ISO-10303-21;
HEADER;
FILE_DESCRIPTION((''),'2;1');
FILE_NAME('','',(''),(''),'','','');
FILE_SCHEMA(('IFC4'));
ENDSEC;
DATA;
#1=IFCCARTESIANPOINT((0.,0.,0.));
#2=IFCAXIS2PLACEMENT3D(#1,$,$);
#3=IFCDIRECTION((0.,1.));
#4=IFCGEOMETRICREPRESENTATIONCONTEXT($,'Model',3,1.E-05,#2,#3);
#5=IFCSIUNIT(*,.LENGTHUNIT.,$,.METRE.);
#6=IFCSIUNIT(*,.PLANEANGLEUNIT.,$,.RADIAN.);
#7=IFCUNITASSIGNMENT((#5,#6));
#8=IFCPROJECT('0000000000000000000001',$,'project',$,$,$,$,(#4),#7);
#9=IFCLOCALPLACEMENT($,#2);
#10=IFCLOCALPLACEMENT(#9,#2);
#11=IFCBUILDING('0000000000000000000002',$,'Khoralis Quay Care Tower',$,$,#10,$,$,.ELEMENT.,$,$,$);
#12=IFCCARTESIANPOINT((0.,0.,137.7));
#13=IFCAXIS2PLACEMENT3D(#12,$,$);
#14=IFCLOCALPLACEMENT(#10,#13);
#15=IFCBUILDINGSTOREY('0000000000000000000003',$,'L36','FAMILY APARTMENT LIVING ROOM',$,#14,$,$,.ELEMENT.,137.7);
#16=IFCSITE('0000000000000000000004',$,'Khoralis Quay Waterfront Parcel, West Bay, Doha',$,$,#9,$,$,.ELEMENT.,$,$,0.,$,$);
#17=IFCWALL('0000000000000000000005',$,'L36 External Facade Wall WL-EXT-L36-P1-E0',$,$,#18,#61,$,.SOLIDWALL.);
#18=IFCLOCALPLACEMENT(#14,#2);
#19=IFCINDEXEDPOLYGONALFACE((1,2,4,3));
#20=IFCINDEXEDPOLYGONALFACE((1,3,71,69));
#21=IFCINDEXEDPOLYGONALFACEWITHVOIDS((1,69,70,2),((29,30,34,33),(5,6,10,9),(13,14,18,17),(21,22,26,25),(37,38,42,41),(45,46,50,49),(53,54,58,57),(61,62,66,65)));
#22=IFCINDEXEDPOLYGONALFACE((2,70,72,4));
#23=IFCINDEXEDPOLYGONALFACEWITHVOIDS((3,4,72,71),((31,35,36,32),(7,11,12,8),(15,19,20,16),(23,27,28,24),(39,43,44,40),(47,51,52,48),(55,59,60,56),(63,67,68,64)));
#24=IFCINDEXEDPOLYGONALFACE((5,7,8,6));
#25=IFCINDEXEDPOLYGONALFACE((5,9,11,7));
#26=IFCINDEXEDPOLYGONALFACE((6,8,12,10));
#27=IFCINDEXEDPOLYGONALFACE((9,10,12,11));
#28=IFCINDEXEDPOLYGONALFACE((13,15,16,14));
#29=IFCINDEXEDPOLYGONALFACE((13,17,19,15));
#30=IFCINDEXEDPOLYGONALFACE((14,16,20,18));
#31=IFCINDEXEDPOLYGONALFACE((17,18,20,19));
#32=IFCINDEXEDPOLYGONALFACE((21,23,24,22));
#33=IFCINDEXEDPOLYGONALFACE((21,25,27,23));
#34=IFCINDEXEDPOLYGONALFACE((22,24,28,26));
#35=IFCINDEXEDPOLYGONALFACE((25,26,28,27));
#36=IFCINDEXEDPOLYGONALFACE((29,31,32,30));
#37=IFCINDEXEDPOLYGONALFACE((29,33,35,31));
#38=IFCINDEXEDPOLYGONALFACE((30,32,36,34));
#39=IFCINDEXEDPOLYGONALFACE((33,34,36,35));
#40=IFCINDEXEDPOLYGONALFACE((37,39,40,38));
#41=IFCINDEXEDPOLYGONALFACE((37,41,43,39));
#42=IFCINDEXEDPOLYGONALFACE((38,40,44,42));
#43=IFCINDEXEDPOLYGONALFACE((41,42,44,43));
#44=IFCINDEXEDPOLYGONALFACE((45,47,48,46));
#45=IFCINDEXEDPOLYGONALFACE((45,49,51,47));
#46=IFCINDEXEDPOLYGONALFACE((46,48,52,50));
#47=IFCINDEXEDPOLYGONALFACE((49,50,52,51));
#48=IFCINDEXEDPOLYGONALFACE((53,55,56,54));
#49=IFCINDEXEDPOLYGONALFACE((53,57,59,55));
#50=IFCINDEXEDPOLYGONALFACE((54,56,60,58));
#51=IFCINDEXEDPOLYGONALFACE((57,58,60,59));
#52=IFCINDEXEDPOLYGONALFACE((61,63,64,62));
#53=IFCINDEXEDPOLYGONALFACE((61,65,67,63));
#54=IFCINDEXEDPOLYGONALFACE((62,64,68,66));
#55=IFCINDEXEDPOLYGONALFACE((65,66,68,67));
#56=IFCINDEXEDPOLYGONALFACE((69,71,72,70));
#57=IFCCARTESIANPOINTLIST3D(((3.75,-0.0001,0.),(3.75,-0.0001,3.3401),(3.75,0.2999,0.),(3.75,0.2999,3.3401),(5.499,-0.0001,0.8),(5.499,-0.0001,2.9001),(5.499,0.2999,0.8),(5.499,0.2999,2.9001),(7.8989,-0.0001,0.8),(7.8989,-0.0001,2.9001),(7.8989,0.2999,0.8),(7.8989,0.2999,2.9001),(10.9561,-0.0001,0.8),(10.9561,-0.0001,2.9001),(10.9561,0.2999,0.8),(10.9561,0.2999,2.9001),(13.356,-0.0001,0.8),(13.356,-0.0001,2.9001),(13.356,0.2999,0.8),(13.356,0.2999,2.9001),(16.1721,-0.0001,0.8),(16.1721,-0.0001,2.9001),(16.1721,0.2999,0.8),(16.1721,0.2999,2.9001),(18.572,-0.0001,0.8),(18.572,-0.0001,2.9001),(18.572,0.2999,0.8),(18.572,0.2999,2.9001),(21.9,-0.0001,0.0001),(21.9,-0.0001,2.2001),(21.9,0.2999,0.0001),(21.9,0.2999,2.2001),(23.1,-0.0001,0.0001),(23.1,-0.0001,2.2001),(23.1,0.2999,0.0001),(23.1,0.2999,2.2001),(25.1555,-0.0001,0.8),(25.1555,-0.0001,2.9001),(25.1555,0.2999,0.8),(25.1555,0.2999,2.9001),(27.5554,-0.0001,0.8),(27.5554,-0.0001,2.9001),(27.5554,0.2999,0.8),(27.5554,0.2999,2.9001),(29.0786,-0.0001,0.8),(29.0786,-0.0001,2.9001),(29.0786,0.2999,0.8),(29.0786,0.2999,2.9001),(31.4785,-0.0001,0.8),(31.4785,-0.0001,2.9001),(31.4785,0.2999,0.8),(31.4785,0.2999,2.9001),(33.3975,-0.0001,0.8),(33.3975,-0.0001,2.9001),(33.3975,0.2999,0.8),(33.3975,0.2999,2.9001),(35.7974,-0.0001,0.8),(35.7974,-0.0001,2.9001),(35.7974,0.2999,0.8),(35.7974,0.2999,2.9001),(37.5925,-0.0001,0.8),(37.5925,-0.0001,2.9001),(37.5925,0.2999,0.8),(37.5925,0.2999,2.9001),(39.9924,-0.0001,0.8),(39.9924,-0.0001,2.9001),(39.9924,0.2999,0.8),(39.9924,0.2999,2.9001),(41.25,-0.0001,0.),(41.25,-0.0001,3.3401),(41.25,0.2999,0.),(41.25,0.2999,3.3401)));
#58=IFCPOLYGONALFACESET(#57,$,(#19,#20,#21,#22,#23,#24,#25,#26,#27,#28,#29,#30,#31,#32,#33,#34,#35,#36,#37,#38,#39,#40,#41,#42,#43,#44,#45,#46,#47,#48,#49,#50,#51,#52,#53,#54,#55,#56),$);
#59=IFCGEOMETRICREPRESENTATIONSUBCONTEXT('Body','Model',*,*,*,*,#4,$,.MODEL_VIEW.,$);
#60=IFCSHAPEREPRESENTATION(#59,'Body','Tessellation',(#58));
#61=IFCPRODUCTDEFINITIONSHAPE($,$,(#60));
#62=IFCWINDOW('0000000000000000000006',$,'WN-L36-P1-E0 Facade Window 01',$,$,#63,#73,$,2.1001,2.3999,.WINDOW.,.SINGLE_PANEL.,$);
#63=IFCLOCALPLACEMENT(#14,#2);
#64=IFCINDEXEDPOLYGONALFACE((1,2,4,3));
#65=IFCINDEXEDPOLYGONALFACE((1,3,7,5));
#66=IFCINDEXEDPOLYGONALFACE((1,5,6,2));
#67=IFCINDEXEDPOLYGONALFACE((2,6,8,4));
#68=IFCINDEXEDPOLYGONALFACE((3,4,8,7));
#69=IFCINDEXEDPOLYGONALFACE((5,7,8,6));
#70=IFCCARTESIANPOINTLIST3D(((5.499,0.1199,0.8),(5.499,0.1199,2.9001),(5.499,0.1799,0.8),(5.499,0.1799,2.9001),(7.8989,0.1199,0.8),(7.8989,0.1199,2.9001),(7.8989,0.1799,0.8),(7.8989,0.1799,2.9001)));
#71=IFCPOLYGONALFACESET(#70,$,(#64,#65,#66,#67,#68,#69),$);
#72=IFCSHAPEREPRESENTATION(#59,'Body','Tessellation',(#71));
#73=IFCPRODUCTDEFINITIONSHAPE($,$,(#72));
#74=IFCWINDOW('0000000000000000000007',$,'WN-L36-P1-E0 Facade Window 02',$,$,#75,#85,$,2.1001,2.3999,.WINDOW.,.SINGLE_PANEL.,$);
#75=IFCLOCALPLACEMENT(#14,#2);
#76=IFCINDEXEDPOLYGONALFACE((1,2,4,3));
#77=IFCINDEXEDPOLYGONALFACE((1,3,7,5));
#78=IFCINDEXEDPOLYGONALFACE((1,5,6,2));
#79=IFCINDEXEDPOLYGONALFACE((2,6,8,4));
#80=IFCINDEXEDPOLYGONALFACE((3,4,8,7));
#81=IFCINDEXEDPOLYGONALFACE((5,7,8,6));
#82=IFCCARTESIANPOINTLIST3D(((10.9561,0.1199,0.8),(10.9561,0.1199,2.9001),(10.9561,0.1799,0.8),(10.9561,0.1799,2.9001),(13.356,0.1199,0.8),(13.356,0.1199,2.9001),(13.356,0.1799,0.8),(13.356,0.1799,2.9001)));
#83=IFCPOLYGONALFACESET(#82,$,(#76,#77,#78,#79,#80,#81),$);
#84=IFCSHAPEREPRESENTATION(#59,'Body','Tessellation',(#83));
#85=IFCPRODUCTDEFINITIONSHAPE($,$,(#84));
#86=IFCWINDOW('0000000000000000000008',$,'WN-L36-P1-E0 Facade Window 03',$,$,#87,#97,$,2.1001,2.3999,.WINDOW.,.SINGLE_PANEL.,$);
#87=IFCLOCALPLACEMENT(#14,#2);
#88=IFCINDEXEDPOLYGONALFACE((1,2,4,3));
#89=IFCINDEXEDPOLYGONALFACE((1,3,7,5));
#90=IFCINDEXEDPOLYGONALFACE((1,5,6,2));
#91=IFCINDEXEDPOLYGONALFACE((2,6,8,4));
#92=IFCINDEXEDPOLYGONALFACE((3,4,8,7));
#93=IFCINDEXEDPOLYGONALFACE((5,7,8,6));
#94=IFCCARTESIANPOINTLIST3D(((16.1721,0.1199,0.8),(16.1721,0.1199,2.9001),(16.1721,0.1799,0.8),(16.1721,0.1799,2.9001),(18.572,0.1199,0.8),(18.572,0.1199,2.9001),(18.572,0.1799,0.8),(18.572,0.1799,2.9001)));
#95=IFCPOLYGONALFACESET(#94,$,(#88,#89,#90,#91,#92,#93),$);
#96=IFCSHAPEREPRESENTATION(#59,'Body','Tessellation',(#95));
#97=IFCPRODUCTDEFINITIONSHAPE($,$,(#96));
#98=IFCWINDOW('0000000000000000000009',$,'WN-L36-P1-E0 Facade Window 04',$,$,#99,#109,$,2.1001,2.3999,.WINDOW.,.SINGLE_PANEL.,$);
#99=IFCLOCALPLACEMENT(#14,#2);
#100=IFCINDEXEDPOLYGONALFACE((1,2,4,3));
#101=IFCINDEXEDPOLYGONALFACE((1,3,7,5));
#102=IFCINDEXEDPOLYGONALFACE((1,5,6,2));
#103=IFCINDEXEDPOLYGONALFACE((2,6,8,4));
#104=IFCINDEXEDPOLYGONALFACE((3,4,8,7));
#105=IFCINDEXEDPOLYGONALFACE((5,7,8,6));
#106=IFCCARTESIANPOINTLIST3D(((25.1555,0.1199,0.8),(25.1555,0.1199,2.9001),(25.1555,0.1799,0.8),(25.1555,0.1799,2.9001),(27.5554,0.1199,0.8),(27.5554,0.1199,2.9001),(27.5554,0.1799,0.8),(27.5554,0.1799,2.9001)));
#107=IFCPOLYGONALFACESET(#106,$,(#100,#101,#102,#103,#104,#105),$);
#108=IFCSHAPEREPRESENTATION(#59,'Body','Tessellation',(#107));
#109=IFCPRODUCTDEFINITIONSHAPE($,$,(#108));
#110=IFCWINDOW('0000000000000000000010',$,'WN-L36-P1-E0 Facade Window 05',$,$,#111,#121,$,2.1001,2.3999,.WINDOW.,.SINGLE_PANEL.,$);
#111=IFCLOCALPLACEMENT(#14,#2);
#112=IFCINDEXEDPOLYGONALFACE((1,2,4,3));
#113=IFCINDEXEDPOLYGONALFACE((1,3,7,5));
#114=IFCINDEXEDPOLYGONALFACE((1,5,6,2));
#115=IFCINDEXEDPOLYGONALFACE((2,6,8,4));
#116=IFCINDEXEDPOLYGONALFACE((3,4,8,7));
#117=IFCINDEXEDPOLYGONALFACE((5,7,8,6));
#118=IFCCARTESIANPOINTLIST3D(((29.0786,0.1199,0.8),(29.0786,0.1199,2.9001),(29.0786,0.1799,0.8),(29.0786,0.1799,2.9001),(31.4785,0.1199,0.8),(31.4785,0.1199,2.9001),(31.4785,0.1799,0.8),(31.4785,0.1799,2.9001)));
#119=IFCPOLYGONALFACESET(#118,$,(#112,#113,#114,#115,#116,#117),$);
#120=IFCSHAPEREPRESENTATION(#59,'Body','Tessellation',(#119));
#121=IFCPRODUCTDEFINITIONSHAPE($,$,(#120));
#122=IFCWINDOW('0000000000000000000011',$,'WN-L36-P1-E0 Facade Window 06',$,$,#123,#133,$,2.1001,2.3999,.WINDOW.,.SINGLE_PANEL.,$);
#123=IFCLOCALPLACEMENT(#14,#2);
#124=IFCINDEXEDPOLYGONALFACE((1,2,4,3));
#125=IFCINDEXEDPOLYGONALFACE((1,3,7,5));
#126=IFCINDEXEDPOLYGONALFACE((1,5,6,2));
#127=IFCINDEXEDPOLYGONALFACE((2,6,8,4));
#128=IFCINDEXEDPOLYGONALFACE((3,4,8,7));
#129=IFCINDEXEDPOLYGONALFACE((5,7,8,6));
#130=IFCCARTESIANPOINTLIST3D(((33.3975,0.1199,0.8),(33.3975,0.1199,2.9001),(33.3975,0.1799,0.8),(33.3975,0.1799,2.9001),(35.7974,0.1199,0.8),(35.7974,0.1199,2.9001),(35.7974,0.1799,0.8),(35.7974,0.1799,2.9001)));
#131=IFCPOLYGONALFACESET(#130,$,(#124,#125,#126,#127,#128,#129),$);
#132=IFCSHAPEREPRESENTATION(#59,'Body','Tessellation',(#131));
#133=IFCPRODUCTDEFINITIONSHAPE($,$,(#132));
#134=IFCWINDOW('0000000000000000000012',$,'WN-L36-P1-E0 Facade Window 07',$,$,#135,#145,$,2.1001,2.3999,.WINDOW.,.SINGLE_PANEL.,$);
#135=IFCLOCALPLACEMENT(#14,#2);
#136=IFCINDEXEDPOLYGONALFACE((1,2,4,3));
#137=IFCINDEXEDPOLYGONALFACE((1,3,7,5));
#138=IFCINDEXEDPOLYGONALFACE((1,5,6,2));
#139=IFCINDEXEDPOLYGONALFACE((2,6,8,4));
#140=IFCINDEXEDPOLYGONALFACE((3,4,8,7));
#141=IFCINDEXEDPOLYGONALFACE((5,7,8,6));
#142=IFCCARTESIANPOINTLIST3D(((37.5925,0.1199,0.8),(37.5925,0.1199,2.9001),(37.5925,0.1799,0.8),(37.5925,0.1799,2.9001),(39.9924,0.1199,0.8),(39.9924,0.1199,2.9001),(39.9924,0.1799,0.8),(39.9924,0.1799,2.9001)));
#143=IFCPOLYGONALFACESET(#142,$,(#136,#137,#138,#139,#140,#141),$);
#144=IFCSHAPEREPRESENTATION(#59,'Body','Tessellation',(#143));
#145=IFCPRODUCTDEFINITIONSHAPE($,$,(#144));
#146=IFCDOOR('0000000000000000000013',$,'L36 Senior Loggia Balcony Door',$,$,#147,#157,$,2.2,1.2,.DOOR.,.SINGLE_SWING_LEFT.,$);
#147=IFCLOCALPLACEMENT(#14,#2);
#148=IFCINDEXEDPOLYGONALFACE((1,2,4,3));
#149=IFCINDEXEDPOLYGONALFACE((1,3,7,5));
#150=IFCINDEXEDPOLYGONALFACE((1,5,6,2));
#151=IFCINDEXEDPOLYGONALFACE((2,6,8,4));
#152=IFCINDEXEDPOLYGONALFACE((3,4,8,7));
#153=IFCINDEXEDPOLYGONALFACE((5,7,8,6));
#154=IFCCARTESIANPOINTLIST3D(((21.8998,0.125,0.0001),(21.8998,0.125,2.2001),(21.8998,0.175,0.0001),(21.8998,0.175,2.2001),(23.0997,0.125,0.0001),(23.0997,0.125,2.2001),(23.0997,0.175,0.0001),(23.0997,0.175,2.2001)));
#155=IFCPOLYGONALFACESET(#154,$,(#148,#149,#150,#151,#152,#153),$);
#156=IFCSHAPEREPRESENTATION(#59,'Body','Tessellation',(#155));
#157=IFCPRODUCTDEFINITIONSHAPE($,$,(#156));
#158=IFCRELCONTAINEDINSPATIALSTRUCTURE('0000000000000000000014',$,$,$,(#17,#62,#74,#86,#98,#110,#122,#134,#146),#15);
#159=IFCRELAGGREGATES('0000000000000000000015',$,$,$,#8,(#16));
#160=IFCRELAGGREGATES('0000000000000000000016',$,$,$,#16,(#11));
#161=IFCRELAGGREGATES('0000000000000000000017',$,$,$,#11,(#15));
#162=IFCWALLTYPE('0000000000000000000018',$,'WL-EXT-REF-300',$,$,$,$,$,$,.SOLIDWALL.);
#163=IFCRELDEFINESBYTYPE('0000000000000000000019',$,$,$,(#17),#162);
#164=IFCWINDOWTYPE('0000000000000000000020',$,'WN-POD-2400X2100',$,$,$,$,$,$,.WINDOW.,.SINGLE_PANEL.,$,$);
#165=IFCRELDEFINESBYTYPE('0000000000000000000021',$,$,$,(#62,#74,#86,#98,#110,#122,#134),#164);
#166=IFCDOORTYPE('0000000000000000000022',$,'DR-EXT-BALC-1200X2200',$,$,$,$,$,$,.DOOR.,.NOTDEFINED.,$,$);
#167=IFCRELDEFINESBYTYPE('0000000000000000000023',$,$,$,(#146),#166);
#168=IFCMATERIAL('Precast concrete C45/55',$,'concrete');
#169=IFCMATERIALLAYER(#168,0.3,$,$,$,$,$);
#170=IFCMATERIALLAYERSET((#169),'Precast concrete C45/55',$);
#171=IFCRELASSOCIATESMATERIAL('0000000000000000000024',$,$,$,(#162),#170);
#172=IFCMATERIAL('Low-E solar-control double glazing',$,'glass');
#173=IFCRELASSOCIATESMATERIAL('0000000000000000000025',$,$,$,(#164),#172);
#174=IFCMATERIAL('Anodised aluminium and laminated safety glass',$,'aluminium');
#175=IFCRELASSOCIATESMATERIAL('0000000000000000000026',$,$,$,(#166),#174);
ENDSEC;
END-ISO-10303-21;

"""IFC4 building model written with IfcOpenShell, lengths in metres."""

from ifc_helpers import new_model, si_unit, direction, frame, frame_2d, origin, place, context, subcontext, project, spatial, rectangle, extrude, source, transform, mapped, material, layer, layer_set, type_object, element, fill, save


model = new_model("IFC4")

# Units and contexts
model_context = context("Model", 3, precision=1e-05, world=origin(), true_north=direction((0.0, 1.0)))
body_context = subcontext(model_context, "Body", "Model", "MODEL_VIEW")
ifc_project = project(units=[si_unit("LENGTHUNIT", "METRE"), si_unit("PLANEANGLEUNIT", "RADIAN")], contexts=[model_context])

# Site, building, storey
site_placement = place(None, origin())
site = spatial("IfcSite", under=ifc_project, at=site_placement, Name="Khoralis Quay Waterfront Parcel, West Bay, Doha", CompositionType="ELEMENT", RefElevation=0.0)
building_placement = place(site_placement, origin())
building = spatial("IfcBuilding", under=site, at=building_placement, Name="Khoralis Quay Care Tower", CompositionType="ELEMENT")
storey_placement = place(building_placement, frame((0.0, 0.0, 137.7)))
storey = spatial("IfcBuildingStorey", under=building, at=storey_placement, Name="L36", Description="FAMILY APARTMENT LIVING ROOM", CompositionType="ELEMENT", Elevation=137.7)

# Wall, openings, windows, door
ifc_material_1 = material(Name="Precast concrete C45/55", Category="concrete")
ifc_layer_1 = layer(ifc_material_1, 0.3)
ifc_layer_set_1 = layer_set([ifc_layer_1], Name="Precast concrete C45/55")
wall_type_1 = type_object("IfcWallType", Name="WL-EXT-REF-300", PredefinedType="SOLIDWALL", material=ifc_layer_set_1)
wall_1_placement = place(storey_placement, frame((3.75, 0.1499, 0.0), z_axis=(0.0, 0.0, 1.0), x_axis=(1.0, 0.0, 0.0)))
wall_1 = element("IfcWall", 1, at=wall_1_placement, inside=storey, type_object=wall_type_1, Name="L36 External Facade Wall WL-EXT-L36-P1-E0", PredefinedType="SOLIDWALL", context=body_context, shape_type="SweptSolid", body=[
    extrude(rectangle(XDim=37.5, YDim=0.3, at=frame_2d((18.75, 0.0))), origin(), (0.0, 0.0, 1.0), 3.3401),
])
opening_1_placement = place(wall_1_placement, frame((1.749, 0.0, 0.8)))
opening_1 = element("IfcOpeningElement", 2, at=opening_1_placement, cuts=wall_1, PredefinedType="OPENING", context=body_context, shape_type="SweptSolid", body=[
    extrude(rectangle(XDim=2.3999, YDim=2.1001, at=frame_2d((1.2, 1.05))), frame((0.0, 0.1602, 0.0), z_axis=(0.0, -1.0, 0.0), x_axis=(1.0, 0.0, 0.0)), (0.0, 0.0, 1.0), 0.3201),
])
opening_2_placement = place(wall_1_placement, frame((7.2061, 0.0, 0.8)))
opening_2 = element("IfcOpeningElement", 3, at=opening_2_placement, cuts=wall_1, PredefinedType="OPENING", context=body_context, shape_type="SweptSolid", body=[
    extrude(rectangle(XDim=2.3999, YDim=2.1001, at=frame_2d((1.2, 1.05))), frame((0.0, 0.1602, 0.0), z_axis=(0.0, -1.0, 0.0), x_axis=(1.0, 0.0, 0.0)), (0.0, 0.0, 1.0), 0.3201),
])
opening_3_placement = place(wall_1_placement, frame((12.4221, 0.0, 0.8)))
opening_3 = element("IfcOpeningElement", 4, at=opening_3_placement, cuts=wall_1, PredefinedType="OPENING", context=body_context, shape_type="SweptSolid", body=[
    extrude(rectangle(XDim=2.3999, YDim=2.1001, at=frame_2d((1.2, 1.05))), frame((0.0, 0.1602, 0.0), z_axis=(0.0, -1.0, 0.0), x_axis=(1.0, 0.0, 0.0)), (0.0, 0.0, 1.0), 0.3201),
])
opening_4_placement = place(wall_1_placement, frame((21.4055, 0.0, 0.8)))
opening_4 = element("IfcOpeningElement", 5, at=opening_4_placement, cuts=wall_1, PredefinedType="OPENING", context=body_context, shape_type="SweptSolid", body=[
    extrude(rectangle(XDim=2.3999, YDim=2.1001, at=frame_2d((1.2, 1.05))), frame((0.0, 0.1602, 0.0), z_axis=(0.0, -1.0, 0.0), x_axis=(1.0, 0.0, 0.0)), (0.0, 0.0, 1.0), 0.3201),
])
opening_5_placement = place(wall_1_placement, frame((25.3286, 0.0, 0.8)))
opening_5 = element("IfcOpeningElement", 6, at=opening_5_placement, cuts=wall_1, PredefinedType="OPENING", context=body_context, shape_type="SweptSolid", body=[
    extrude(rectangle(XDim=2.3999, YDim=2.1001, at=frame_2d((1.2, 1.05))), frame((0.0, 0.1602, 0.0), z_axis=(0.0, -1.0, 0.0), x_axis=(1.0, 0.0, 0.0)), (0.0, 0.0, 1.0), 0.3201),
])
opening_6_placement = place(wall_1_placement, frame((29.6475, 0.0, 0.8)))
opening_6 = element("IfcOpeningElement", 7, at=opening_6_placement, cuts=wall_1, PredefinedType="OPENING", context=body_context, shape_type="SweptSolid", body=[
    extrude(rectangle(XDim=2.3999, YDim=2.1001, at=frame_2d((1.2, 1.05))), frame((0.0, 0.1602, 0.0), z_axis=(0.0, -1.0, 0.0), x_axis=(1.0, 0.0, 0.0)), (0.0, 0.0, 1.0), 0.3201),
])
opening_7_placement = place(wall_1_placement, frame((33.8425, 0.0, 0.8)))
opening_7 = element("IfcOpeningElement", 8, at=opening_7_placement, cuts=wall_1, PredefinedType="OPENING", context=body_context, shape_type="SweptSolid", body=[
    extrude(rectangle(XDim=2.3999, YDim=2.1001, at=frame_2d((1.2, 1.05))), frame((0.0, 0.1602, 0.0), z_axis=(0.0, -1.0, 0.0), x_axis=(1.0, 0.0, 0.0)), (0.0, 0.0, 1.0), 0.3201),
])
opening_8_placement = place(wall_1_placement, frame((18.1499, 0.0, 0.0)))
opening_8 = element("IfcOpeningElement", 9, at=opening_8_placement, cuts=wall_1, PredefinedType="OPENING", context=body_context, shape_type="SweptSolid", body=[
    extrude(rectangle(XDim=1.2, YDim=2.2, at=frame_2d((0.6001, 1.1001))), frame((0.0, 0.1602, 0.0), z_axis=(0.0, -1.0, 0.0), x_axis=(1.0, 0.0, 0.0)), (0.0, 0.0, 1.0), 0.3201),
])
ifc_material_2 = material(Name="Low-E solar-control double glazing", Category="glass")
window_type = type_object("IfcWindowType", Name="WN-POD-2400X2100", PartitioningType="SINGLE_PANEL", PredefinedType="WINDOW", material=ifc_material_2)
shared_shape_1 = source(origin(), body_context, "Body", "SweptSolid", [
    extrude(rectangle(XDim=2.3999, YDim=2.1001, at=frame_2d((1.2, 1.05))), frame((0.0, 0.03, 0.0), z_axis=(0.0, -1.0, 0.0), x_axis=(1.0, 0.0, 0.0)), (0.0, 0.0, 1.0), 0.0601),
])
window_1_placement = place(opening_1_placement, origin())
window_1 = element("IfcWindow", 10, at=window_1_placement, inside=storey, type_object=window_type, Name="WN-L36-P1-E0 Facade Window 01", OverallHeight=2.1001, OverallWidth=2.3999, PartitioningType="SINGLE_PANEL", PredefinedType="WINDOW", context=body_context, shape_type="MappedRepresentation", body=[
    mapped(shared_shape_1, transform((0.0, 0.0, 0.0), scale=1.0)),
])
fill(opening_1, window_1)
window_2_placement = place(opening_2_placement, origin())
window_2 = element("IfcWindow", 11, at=window_2_placement, inside=storey, type_object=window_type, Name="WN-L36-P1-E0 Facade Window 02", OverallHeight=2.1001, OverallWidth=2.3999, PartitioningType="SINGLE_PANEL", PredefinedType="WINDOW", context=body_context, shape_type="MappedRepresentation", body=[
    mapped(shared_shape_1, transform((0.0, 0.0, 0.0), scale=1.0)),
])
fill(opening_2, window_2)
window_3_placement = place(opening_3_placement, origin())
window_3 = element("IfcWindow", 12, at=window_3_placement, inside=storey, type_object=window_type, Name="WN-L36-P1-E0 Facade Window 03", OverallHeight=2.1001, OverallWidth=2.3999, PartitioningType="SINGLE_PANEL", PredefinedType="WINDOW", context=body_context, shape_type="MappedRepresentation", body=[
    mapped(shared_shape_1, transform((0.0, 0.0, 0.0), scale=1.0)),
])
fill(opening_3, window_3)
window_4_placement = place(opening_4_placement, origin())
window_4 = element("IfcWindow", 13, at=window_4_placement, inside=storey, type_object=window_type, Name="WN-L36-P1-E0 Facade Window 04", OverallHeight=2.1001, OverallWidth=2.3999, PartitioningType="SINGLE_PANEL", PredefinedType="WINDOW", context=body_context, shape_type="MappedRepresentation", body=[
    mapped(shared_shape_1, transform((0.0, 0.0, 0.0), scale=1.0)),
])
fill(opening_4, window_4)
window_5_placement = place(opening_5_placement, origin())
window_5 = element("IfcWindow", 14, at=window_5_placement, inside=storey, type_object=window_type, Name="WN-L36-P1-E0 Facade Window 05", OverallHeight=2.1001, OverallWidth=2.3999, PartitioningType="SINGLE_PANEL", PredefinedType="WINDOW", context=body_context, shape_type="MappedRepresentation", body=[
    mapped(shared_shape_1, transform((0.0, 0.0, 0.0), scale=1.0)),
])
fill(opening_5, window_5)
window_6_placement = place(opening_6_placement, origin())
window_6 = element("IfcWindow", 15, at=window_6_placement, inside=storey, type_object=window_type, Name="WN-L36-P1-E0 Facade Window 06", OverallHeight=2.1001, OverallWidth=2.3999, PartitioningType="SINGLE_PANEL", PredefinedType="WINDOW", context=body_context, shape_type="MappedRepresentation", body=[
    mapped(shared_shape_1, transform((0.0, 0.0, 0.0), scale=1.0)),
])
fill(opening_6, window_6)
window_7_placement = place(opening_7_placement, origin())
window_7 = element("IfcWindow", 16, at=window_7_placement, inside=storey, type_object=window_type, Name="WN-L36-P1-E0 Facade Window 07", OverallHeight=2.1001, OverallWidth=2.3999, PartitioningType="SINGLE_PANEL", PredefinedType="WINDOW", context=body_context, shape_type="MappedRepresentation", body=[
    mapped(shared_shape_1, transform((0.0, 0.0, 0.0), scale=1.0)),
])
fill(opening_7, window_7)
ifc_material_3 = material(Name="Anodised aluminium and laminated safety glass", Category="aluminium")
door_type_1 = type_object("IfcDoorType", Name="DR-EXT-BALC-1200X2200", OperationType="NOTDEFINED", PredefinedType="DOOR", material=ifc_material_3)
shared_shape_2 = source(origin(), body_context, "Body", "SweptSolid", [
    extrude(rectangle(XDim=1.2, YDim=2.2, at=frame_2d((0.6001, 1.1001))), frame((0.0, 0.0249, 0.0), z_axis=(0.0, -1.0, 0.0), x_axis=(1.0, 0.0, 0.0)), (0.0, 0.0, 1.0), 0.05),
])
door_1_placement = place(opening_8_placement, frame((1.2, 0.0, 0.0), z_axis=(0.0, 0.0, 1.0), x_axis=(-1.0, 0.0, 0.0)))
door_1 = element("IfcDoor", 17, at=door_1_placement, inside=storey, type_object=door_type_1, Name="L36 Senior Loggia Balcony Door", OperationType="SINGLE_SWING_LEFT", OverallHeight=2.2, OverallWidth=1.2, PredefinedType="DOOR", context=body_context, shape_type="MappedRepresentation", body=[
    mapped(shared_shape_2, transform((0.0, 0.0, 0.0), scale=1.0)),
])
fill(opening_8, door_1)

save(model, "model.ifc")
